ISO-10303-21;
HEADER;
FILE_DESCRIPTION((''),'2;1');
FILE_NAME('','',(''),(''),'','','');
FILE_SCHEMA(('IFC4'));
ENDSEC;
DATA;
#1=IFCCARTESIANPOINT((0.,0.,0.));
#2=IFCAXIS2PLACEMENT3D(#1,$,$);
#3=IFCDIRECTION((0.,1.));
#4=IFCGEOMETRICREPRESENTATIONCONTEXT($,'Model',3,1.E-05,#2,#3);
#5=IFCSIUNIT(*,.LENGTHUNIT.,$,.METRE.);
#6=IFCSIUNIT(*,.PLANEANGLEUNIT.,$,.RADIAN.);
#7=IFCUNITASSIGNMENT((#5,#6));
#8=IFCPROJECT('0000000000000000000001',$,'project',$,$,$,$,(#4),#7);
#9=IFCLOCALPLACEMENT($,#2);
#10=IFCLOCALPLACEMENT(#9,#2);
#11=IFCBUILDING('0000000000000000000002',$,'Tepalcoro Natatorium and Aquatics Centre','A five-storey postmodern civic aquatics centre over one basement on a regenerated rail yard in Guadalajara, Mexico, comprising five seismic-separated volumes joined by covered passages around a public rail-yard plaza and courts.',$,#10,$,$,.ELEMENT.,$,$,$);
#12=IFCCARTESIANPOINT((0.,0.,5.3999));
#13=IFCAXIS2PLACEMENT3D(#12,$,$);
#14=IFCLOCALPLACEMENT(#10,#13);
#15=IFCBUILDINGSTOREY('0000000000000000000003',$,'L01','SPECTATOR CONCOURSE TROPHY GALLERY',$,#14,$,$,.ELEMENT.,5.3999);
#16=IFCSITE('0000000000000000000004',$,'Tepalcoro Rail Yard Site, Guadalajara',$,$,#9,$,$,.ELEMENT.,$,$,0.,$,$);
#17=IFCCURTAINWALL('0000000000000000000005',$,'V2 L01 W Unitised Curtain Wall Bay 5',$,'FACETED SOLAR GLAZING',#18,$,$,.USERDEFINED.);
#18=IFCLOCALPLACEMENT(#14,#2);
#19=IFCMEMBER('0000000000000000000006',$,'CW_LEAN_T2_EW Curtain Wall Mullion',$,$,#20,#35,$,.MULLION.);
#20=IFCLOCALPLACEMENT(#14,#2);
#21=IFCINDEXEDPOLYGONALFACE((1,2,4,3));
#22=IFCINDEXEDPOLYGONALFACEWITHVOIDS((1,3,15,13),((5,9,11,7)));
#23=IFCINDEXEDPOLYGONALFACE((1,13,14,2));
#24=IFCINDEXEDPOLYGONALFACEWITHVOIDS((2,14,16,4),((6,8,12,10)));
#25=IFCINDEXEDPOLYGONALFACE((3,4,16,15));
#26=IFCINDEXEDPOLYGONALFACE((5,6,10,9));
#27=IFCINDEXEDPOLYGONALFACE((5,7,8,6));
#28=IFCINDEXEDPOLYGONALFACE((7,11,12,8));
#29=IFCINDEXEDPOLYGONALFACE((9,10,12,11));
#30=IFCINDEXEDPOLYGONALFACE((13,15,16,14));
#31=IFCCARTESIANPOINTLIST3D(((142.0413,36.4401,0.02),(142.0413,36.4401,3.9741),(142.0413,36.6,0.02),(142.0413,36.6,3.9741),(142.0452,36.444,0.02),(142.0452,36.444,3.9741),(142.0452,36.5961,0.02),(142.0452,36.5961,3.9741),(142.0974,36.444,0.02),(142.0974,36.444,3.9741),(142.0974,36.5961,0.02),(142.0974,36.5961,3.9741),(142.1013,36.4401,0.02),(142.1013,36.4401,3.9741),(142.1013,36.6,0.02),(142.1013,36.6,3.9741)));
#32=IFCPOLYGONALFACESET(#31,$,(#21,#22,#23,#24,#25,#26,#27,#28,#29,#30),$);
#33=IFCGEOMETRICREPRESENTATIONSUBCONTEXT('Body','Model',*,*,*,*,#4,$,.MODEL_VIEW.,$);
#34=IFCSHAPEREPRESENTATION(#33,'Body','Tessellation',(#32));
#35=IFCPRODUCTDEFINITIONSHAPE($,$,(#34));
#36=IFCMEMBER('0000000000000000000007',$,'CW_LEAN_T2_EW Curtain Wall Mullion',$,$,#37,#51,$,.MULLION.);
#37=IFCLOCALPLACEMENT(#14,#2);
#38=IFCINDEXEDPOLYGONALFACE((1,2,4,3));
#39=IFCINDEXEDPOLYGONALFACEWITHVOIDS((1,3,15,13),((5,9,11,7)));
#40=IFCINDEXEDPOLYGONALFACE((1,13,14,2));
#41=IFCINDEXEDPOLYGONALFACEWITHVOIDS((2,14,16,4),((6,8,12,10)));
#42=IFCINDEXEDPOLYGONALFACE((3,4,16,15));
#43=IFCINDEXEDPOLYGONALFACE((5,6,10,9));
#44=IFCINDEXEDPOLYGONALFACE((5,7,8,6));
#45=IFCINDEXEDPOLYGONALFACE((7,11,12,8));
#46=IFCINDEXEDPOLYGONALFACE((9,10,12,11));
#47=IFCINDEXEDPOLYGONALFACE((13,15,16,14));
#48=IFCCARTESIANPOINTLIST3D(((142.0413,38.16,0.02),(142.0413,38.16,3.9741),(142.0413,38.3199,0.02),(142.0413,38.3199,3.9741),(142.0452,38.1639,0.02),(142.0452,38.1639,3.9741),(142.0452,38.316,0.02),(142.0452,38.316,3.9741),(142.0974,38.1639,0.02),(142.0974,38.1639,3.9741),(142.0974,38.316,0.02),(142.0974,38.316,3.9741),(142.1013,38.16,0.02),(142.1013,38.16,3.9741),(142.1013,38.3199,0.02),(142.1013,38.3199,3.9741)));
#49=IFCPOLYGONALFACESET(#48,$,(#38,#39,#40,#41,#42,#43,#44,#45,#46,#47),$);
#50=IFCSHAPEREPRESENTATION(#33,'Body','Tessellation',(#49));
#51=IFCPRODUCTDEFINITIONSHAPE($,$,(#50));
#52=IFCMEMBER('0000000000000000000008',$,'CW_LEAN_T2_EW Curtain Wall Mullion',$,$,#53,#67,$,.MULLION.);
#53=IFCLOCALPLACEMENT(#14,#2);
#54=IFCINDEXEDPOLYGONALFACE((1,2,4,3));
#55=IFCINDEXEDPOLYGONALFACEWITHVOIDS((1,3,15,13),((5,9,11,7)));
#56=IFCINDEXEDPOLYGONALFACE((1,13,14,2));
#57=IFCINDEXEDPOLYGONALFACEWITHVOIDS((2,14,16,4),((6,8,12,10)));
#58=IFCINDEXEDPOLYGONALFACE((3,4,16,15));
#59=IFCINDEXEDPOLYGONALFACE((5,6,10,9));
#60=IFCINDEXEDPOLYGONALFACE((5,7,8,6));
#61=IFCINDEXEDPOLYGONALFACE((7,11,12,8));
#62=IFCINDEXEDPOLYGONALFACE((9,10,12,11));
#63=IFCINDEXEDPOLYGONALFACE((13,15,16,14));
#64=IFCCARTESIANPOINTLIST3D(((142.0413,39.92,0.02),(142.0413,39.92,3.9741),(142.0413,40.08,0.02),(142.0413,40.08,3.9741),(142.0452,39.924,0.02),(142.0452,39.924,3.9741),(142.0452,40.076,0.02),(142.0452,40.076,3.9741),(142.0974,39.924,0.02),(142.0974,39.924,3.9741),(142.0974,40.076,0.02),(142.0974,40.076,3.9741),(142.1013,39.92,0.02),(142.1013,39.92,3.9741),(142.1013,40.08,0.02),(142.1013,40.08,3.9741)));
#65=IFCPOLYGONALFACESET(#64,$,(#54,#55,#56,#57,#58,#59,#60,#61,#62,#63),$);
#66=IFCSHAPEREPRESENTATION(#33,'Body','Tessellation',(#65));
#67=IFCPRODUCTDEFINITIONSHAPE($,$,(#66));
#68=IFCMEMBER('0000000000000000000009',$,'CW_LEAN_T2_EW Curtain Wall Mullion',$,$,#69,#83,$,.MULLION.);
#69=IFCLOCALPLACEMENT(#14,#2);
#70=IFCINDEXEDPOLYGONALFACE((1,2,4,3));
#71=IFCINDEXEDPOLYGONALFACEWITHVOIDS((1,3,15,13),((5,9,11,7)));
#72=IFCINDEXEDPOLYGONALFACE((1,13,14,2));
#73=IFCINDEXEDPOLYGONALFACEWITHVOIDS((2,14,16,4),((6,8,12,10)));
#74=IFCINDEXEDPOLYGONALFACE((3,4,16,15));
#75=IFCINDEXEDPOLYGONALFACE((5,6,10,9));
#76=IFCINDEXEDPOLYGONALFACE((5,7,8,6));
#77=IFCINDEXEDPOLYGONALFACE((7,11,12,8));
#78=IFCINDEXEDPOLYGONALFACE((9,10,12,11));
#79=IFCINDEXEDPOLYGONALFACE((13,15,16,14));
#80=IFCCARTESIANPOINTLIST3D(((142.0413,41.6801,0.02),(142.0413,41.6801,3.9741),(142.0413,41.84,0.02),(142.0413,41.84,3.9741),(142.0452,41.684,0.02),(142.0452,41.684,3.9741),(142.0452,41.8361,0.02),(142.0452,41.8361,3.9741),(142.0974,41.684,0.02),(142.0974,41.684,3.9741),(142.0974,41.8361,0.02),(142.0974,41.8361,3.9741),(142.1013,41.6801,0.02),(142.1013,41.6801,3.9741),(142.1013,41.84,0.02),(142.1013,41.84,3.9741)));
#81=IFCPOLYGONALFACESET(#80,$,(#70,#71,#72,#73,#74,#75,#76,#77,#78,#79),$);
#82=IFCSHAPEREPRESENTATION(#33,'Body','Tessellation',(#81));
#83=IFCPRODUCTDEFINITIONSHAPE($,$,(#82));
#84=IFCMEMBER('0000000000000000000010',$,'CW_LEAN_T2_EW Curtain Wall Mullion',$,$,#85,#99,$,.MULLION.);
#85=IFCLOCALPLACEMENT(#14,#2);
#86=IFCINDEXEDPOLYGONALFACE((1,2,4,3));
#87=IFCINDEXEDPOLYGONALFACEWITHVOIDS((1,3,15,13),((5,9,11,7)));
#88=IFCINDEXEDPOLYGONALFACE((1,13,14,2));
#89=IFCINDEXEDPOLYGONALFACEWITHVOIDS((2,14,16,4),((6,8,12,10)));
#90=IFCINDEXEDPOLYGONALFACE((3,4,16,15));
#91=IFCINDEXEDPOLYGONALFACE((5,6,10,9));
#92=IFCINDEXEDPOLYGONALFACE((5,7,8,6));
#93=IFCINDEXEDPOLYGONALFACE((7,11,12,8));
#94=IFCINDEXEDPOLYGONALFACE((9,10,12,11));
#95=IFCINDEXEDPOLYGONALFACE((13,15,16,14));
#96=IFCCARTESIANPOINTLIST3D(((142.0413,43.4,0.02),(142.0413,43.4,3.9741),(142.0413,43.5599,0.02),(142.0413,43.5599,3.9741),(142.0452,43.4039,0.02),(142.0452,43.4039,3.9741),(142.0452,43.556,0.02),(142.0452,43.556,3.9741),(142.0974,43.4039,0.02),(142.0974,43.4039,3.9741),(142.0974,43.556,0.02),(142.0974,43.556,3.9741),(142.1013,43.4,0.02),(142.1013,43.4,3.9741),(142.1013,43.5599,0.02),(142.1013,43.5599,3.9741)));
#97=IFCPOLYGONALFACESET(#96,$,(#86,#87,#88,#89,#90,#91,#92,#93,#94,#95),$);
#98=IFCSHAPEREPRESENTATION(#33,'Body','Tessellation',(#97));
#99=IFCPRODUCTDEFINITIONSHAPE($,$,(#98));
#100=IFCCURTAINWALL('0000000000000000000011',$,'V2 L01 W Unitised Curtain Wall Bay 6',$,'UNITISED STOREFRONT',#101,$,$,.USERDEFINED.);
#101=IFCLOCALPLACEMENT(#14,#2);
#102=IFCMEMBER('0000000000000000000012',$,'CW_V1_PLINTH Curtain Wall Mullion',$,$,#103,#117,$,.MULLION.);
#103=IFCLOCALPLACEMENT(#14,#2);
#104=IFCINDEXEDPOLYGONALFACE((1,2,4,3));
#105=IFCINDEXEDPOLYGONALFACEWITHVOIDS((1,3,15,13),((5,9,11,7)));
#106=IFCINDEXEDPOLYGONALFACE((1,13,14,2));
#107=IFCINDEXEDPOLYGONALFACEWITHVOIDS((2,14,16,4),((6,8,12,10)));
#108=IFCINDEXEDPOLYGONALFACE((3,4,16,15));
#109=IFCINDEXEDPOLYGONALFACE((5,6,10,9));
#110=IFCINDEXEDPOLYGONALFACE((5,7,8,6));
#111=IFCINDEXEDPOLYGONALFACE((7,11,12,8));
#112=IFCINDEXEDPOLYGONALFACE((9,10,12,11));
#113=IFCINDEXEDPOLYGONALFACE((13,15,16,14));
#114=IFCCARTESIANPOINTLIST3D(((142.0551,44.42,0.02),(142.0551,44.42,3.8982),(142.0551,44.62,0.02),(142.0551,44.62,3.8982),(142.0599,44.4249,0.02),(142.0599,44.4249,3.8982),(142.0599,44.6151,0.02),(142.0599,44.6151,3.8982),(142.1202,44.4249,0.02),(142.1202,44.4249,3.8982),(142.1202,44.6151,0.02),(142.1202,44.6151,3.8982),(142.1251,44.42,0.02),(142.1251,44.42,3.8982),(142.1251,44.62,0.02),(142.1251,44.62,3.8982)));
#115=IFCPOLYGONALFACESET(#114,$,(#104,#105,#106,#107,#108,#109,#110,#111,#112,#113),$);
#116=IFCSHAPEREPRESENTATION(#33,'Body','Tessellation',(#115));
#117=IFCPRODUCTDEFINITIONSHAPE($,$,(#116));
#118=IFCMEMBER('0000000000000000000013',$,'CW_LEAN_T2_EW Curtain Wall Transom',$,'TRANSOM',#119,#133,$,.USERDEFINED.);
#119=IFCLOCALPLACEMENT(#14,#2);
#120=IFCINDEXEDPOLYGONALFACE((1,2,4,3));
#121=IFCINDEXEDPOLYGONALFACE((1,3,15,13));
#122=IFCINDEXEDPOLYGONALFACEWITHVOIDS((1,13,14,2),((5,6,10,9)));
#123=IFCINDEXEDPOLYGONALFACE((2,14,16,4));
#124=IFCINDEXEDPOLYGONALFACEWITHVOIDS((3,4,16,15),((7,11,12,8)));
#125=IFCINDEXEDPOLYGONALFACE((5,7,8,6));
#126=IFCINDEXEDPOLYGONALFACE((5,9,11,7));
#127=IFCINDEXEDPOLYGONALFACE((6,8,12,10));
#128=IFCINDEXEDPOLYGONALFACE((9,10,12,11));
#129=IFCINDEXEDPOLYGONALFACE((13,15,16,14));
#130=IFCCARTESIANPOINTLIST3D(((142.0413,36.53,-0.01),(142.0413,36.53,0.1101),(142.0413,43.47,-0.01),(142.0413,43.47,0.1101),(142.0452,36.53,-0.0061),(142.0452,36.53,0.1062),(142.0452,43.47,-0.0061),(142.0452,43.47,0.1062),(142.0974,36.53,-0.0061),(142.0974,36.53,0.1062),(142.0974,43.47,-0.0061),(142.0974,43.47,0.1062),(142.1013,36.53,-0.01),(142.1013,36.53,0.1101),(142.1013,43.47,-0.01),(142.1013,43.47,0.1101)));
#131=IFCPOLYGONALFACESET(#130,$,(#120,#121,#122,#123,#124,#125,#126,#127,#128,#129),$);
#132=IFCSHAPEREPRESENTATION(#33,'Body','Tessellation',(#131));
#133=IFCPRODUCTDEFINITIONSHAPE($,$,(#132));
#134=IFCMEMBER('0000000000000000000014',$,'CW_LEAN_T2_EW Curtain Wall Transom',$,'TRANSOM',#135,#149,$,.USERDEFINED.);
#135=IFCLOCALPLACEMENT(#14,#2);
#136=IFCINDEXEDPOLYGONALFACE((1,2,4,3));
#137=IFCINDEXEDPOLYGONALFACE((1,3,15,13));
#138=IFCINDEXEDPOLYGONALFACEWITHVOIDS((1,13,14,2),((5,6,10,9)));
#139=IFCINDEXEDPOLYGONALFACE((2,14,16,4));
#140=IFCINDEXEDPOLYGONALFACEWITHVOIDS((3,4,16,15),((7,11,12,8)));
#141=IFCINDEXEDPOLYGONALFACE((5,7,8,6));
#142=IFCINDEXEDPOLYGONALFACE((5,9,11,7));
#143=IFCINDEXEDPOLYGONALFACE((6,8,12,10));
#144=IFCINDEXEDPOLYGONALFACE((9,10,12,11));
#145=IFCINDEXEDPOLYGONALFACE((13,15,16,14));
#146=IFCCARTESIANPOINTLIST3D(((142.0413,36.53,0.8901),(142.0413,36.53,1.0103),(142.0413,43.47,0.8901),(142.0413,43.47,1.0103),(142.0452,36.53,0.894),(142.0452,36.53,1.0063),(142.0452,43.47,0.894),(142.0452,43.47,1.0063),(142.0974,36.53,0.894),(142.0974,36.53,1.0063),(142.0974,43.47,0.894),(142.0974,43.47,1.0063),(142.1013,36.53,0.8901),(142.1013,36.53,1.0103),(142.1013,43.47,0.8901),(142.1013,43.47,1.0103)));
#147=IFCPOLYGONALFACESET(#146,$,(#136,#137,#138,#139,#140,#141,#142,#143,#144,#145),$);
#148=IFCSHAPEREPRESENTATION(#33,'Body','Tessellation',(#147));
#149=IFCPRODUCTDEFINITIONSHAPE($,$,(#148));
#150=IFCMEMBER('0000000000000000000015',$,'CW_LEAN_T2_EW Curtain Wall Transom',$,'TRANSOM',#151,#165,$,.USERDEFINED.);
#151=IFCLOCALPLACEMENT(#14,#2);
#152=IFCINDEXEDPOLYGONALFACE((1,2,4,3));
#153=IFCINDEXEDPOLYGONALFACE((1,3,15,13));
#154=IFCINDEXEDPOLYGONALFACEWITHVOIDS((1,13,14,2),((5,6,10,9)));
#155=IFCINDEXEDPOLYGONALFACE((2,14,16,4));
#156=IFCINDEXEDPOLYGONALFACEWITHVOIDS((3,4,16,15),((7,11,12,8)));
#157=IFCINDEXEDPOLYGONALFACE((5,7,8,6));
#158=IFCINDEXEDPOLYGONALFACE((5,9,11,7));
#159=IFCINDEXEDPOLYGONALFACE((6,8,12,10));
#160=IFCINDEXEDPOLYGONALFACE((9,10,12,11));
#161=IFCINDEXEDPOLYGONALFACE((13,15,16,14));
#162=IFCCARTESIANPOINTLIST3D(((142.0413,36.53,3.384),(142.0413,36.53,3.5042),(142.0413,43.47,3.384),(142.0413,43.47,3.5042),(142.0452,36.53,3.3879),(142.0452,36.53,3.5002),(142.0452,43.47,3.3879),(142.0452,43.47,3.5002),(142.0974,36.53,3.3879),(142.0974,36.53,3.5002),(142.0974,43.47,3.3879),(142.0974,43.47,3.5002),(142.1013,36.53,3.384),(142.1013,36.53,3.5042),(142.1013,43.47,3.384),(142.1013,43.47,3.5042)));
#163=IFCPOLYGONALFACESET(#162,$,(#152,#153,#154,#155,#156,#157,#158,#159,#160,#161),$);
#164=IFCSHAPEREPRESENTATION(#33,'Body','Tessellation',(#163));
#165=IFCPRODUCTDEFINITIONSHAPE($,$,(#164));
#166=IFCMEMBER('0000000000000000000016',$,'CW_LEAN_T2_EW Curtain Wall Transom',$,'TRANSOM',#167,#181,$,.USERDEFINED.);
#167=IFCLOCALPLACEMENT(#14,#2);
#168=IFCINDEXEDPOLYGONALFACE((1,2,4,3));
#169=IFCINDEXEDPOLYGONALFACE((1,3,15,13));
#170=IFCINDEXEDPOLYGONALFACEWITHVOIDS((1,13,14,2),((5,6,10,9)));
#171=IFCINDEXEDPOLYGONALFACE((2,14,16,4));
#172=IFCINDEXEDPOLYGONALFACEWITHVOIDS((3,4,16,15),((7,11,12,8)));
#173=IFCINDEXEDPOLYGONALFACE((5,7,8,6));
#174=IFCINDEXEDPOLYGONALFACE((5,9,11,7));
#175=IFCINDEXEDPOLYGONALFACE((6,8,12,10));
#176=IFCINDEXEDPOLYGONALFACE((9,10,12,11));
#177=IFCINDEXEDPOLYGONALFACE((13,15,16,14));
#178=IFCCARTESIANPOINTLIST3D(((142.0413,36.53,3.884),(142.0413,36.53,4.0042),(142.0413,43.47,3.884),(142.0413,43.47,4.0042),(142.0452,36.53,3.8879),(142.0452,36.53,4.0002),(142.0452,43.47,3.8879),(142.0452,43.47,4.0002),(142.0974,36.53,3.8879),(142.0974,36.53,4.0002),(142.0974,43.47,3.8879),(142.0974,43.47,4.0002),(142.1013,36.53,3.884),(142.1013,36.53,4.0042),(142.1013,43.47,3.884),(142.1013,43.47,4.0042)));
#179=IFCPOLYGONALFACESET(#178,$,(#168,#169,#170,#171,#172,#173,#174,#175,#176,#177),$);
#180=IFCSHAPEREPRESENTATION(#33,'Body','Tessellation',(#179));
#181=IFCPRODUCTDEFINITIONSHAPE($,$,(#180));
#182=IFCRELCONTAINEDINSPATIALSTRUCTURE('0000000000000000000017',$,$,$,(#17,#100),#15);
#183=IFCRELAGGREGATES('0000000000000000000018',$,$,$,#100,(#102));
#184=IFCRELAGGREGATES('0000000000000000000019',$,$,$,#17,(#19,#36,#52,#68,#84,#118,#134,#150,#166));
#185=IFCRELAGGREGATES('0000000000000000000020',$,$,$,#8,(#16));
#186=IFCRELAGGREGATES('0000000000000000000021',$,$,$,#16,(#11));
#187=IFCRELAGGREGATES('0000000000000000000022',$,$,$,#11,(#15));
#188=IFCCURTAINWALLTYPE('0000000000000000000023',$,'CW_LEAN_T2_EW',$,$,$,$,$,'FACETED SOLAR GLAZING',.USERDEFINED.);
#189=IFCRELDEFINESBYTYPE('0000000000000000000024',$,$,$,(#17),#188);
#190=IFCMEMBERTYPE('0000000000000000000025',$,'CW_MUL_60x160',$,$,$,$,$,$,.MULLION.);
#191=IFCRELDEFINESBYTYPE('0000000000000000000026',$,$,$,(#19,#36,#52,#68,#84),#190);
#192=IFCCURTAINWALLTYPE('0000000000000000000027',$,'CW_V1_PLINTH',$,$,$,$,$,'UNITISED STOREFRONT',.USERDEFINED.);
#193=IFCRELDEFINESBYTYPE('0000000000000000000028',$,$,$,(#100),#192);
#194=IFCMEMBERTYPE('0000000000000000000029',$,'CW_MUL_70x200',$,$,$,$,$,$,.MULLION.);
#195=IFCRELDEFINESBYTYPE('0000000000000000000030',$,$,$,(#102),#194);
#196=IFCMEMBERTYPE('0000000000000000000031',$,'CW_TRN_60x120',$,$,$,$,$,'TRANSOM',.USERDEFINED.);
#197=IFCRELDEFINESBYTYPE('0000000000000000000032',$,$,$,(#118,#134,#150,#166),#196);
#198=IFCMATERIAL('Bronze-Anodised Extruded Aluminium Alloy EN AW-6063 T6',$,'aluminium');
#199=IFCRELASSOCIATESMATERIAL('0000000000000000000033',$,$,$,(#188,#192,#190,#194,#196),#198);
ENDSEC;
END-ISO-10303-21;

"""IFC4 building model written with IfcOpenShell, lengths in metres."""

from ifc_helpers import new_model, si_unit, direction, frame, origin, origin_2d, place, context, subcontext, project, spatial, hollow_rectangle, extrude, material, material_profile, profile_set, type_object, element, aggregate, save


model = new_model("IFC4")

# Units and contexts
model_context = context("Model", 3, precision=1e-05, world=origin(), true_north=direction((0.0, 1.0)))
body_context = subcontext(model_context, "Body", "Model", "MODEL_VIEW")
ifc_project = project(units=[si_unit("LENGTHUNIT", "METRE"), si_unit("PLANEANGLEUNIT", "RADIAN")], contexts=[model_context])

# Site, building, storey
site_placement = place(None, origin())
site = spatial("IfcSite", under=ifc_project, at=site_placement, Name="Tepalcoro Rail Yard Site, Guadalajara", CompositionType="ELEMENT", RefElevation=0.0)
building_placement = place(site_placement, origin())
building = spatial("IfcBuilding", under=site, at=building_placement, Name="Tepalcoro Natatorium and Aquatics Centre", Description="A five-storey postmodern civic aquatics centre over one basement on a regenerated rail yard in Guadalajara, Mexico, comprising five seismic-separated volumes joined by covered passages around a public rail-yard plaza and courts.", CompositionType="ELEMENT")
storey_placement = place(building_placement, frame((0.0, 0.0, 5.3999)))
storey = spatial("IfcBuildingStorey", under=building, at=storey_placement, Name="L01", Description="SPECTATOR CONCOURSE TROPHY GALLERY", CompositionType="ELEMENT", Elevation=5.3999)

# Curtain wall, members
ifc_material_1 = material(Name="Bronze-Anodised Extruded Aluminium Alloy EN AW-6063 T6", Category="aluminium")
curtain_wall_type_1 = type_object("IfcCurtainWallType", Name="CW_LEAN_T2_EW", ElementType="FACETED SOLAR GLAZING", PredefinedType="USERDEFINED", material=ifc_material_1)
curtain_wall_1_placement = place(storey_placement, origin())
curtain_wall_1 = element("IfcCurtainWall", 1, at=curtain_wall_1_placement, inside=storey, type_object=curtain_wall_type_1, Name="V2 L01 W Unitised Curtain Wall Bay 5", ObjectType="FACETED SOLAR GLAZING", PredefinedType="USERDEFINED")
ifc_material_profile_1 = material_profile(ifc_material_1, hollow_rectangle(XDim=0.0601, YDim=0.1599, WallThickness=0.0039, at=origin_2d()), Name="AL60X160X4")
ifc_profile_set_1 = profile_set([ifc_material_profile_1], Name="Bronze-Anodised Extruded Aluminium Alloy EN AW-6063 T6")
member_type_1 = type_object("IfcMemberType", Name="CW_MUL_60x160", PredefinedType="MULLION", material=ifc_profile_set_1)
member_1_placement = place(storey_placement, frame((142.0713, 36.52, 0.02), z_axis=(0.0, 0.0, 1.0), x_axis=(1.0, 0.0, 0.0)))
member_1 = element("IfcMember", 2, at=member_1_placement, type_object=member_type_1, Name="CW_LEAN_T2_EW Curtain Wall Mullion", PredefinedType="MULLION", context=body_context, shape_type="SweptSolid", body=[
    extrude(hollow_rectangle(XDim=0.0601, YDim=0.1599, WallThickness=0.0039, at=origin_2d()), origin(), (0.0, 0.0, 1.0), 3.9541),
])
member_2_placement = place(storey_placement, frame((142.0713, 38.24, 0.02), z_axis=(0.0, 0.0, 1.0), x_axis=(1.0, 0.0, 0.0)))
member_2 = element("IfcMember", 3, at=member_2_placement, type_object=member_type_1, Name="CW_LEAN_T2_EW Curtain Wall Mullion", PredefinedType="MULLION", context=body_context, shape_type="SweptSolid", body=[
    extrude(hollow_rectangle(XDim=0.0601, YDim=0.1599, WallThickness=0.0039, at=origin_2d()), origin(), (0.0, 0.0, 1.0), 3.9541),
])
member_3_placement = place(storey_placement, frame((142.0713, 40.0, 0.02), z_axis=(0.0, 0.0, 1.0), x_axis=(1.0, 0.0, 0.0)))
member_3 = element("IfcMember", 4, at=member_3_placement, type_object=member_type_1, Name="CW_LEAN_T2_EW Curtain Wall Mullion", PredefinedType="MULLION", context=body_context, shape_type="SweptSolid", body=[
    extrude(hollow_rectangle(XDim=0.0601, YDim=0.1599, WallThickness=0.0039, at=origin_2d()), origin(), (0.0, 0.0, 1.0), 3.9541),
])
member_4_placement = place(storey_placement, frame((142.0713, 41.76, 0.02), z_axis=(0.0, 0.0, 1.0), x_axis=(1.0, 0.0, 0.0)))
member_4 = element("IfcMember", 5, at=member_4_placement, type_object=member_type_1, Name="CW_LEAN_T2_EW Curtain Wall Mullion", PredefinedType="MULLION", context=body_context, shape_type="SweptSolid", body=[
    extrude(hollow_rectangle(XDim=0.0601, YDim=0.1599, WallThickness=0.0039, at=origin_2d()), origin(), (0.0, 0.0, 1.0), 3.9541),
])
member_5_placement = place(storey_placement, frame((142.0713, 43.48, 0.02), z_axis=(0.0, 0.0, 1.0), x_axis=(1.0, 0.0, 0.0)))
member_5 = element("IfcMember", 6, at=member_5_placement, type_object=member_type_1, Name="CW_LEAN_T2_EW Curtain Wall Mullion", PredefinedType="MULLION", context=body_context, shape_type="SweptSolid", body=[
    extrude(hollow_rectangle(XDim=0.0601, YDim=0.1599, WallThickness=0.0039, at=origin_2d()), origin(), (0.0, 0.0, 1.0), 3.9541),
])

# Curtain wall, member
curtain_wall_type_2 = type_object("IfcCurtainWallType", Name="CW_V1_PLINTH", ElementType="UNITISED STOREFRONT", PredefinedType="USERDEFINED", material=ifc_material_1)
curtain_wall_2_placement = place(storey_placement, origin())
curtain_wall_2 = element("IfcCurtainWall", 7, at=curtain_wall_2_placement, inside=storey, type_object=curtain_wall_type_2, Name="V2 L01 W Unitised Curtain Wall Bay 6", ObjectType="UNITISED STOREFRONT", PredefinedType="USERDEFINED")
ifc_material_profile_2 = material_profile(ifc_material_1, hollow_rectangle(XDim=0.0701, YDim=0.2, WallThickness=0.0049, at=origin_2d()), Name="AL70X200X5")
ifc_profile_set_2 = profile_set([ifc_material_profile_2], Name="Bronze-Anodised Extruded Aluminium Alloy EN AW-6063 T6")
member_type_2 = type_object("IfcMemberType", Name="CW_MUL_70x200", PredefinedType="MULLION", material=ifc_profile_set_2)
member_6_placement = place(storey_placement, frame((142.0901, 44.52, 0.02), z_axis=(0.0, 0.0, 1.0), x_axis=(1.0, 0.0, 0.0)))
member_6 = element("IfcMember", 8, at=member_6_placement, type_object=member_type_2, Name="CW_V1_PLINTH Curtain Wall Mullion", PredefinedType="MULLION", context=body_context, shape_type="SweptSolid", body=[
    extrude(hollow_rectangle(XDim=0.0701, YDim=0.2, WallThickness=0.0049, at=origin_2d()), origin(), (0.0, 0.0, 1.0), 3.8782),
])

# Members
ifc_material_profile_3 = material_profile(ifc_material_1, hollow_rectangle(XDim=0.0601, YDim=0.1201, WallThickness=0.0039, at=origin_2d()), Name="AL60X120X4")
ifc_profile_set_3 = profile_set([ifc_material_profile_3], Name="Bronze-Anodised Extruded Aluminium Alloy EN AW-6063 T6")
member_type_3 = type_object("IfcMemberType", Name="CW_TRN_60x120", ElementType="TRANSOM", PredefinedType="USERDEFINED", material=ifc_profile_set_3)
member_7_placement = place(storey_placement, frame((142.0713, 36.53, 0.05), z_axis=(0.0, 1.0, 0.0), x_axis=(-1.0, 0.0, 0.0)))
member_7 = element("IfcMember", 9, at=member_7_placement, type_object=member_type_3, Name="CW_LEAN_T2_EW Curtain Wall Transom", ObjectType="TRANSOM", PredefinedType="USERDEFINED", context=body_context, shape_type="SweptSolid", body=[
    extrude(hollow_rectangle(XDim=0.0601, YDim=0.1201, WallThickness=0.0039, at=origin_2d()), origin(), (0.0, 0.0, 1.0), 6.9399),
])
member_8_placement = place(storey_placement, frame((142.0713, 36.53, 0.9502), z_axis=(0.0, 1.0, 0.0), x_axis=(-1.0, 0.0, 0.0)))
member_8 = element("IfcMember", 10, at=member_8_placement, type_object=member_type_3, Name="CW_LEAN_T2_EW Curtain Wall Transom", ObjectType="TRANSOM", PredefinedType="USERDEFINED", context=body_context, shape_type="SweptSolid", body=[
    extrude(hollow_rectangle(XDim=0.0601, YDim=0.1201, WallThickness=0.0039, at=origin_2d()), origin(), (0.0, 0.0, 1.0), 6.9399),
])
member_9_placement = place(storey_placement, frame((142.0713, 36.53, 3.4441), z_axis=(0.0, 1.0, 0.0), x_axis=(-1.0, 0.0, 0.0)))
member_9 = element("IfcMember", 11, at=member_9_placement, type_object=member_type_3, Name="CW_LEAN_T2_EW Curtain Wall Transom", ObjectType="TRANSOM", PredefinedType="USERDEFINED", context=body_context, shape_type="SweptSolid", body=[
    extrude(hollow_rectangle(XDim=0.0601, YDim=0.1201, WallThickness=0.0039, at=origin_2d()), origin(), (0.0, 0.0, 1.0), 6.9399),
])
member_10_placement = place(storey_placement, frame((142.0713, 36.53, 3.9441), z_axis=(0.0, 1.0, 0.0), x_axis=(-1.0, 0.0, 0.0)))
member_10 = element("IfcMember", 12, at=member_10_placement, type_object=member_type_3, Name="CW_LEAN_T2_EW Curtain Wall Transom", ObjectType="TRANSOM", PredefinedType="USERDEFINED", context=body_context, shape_type="SweptSolid", body=[
    extrude(hollow_rectangle(XDim=0.0601, YDim=0.1201, WallThickness=0.0039, at=origin_2d()), origin(), (0.0, 0.0, 1.0), 6.9399),
])
aggregate(curtain_wall_2, [member_6])

aggregate(curtain_wall_1, [member_1, member_2, member_3, member_4, member_5, member_7, member_8, member_9, member_10])

save(model, "model.ifc")
